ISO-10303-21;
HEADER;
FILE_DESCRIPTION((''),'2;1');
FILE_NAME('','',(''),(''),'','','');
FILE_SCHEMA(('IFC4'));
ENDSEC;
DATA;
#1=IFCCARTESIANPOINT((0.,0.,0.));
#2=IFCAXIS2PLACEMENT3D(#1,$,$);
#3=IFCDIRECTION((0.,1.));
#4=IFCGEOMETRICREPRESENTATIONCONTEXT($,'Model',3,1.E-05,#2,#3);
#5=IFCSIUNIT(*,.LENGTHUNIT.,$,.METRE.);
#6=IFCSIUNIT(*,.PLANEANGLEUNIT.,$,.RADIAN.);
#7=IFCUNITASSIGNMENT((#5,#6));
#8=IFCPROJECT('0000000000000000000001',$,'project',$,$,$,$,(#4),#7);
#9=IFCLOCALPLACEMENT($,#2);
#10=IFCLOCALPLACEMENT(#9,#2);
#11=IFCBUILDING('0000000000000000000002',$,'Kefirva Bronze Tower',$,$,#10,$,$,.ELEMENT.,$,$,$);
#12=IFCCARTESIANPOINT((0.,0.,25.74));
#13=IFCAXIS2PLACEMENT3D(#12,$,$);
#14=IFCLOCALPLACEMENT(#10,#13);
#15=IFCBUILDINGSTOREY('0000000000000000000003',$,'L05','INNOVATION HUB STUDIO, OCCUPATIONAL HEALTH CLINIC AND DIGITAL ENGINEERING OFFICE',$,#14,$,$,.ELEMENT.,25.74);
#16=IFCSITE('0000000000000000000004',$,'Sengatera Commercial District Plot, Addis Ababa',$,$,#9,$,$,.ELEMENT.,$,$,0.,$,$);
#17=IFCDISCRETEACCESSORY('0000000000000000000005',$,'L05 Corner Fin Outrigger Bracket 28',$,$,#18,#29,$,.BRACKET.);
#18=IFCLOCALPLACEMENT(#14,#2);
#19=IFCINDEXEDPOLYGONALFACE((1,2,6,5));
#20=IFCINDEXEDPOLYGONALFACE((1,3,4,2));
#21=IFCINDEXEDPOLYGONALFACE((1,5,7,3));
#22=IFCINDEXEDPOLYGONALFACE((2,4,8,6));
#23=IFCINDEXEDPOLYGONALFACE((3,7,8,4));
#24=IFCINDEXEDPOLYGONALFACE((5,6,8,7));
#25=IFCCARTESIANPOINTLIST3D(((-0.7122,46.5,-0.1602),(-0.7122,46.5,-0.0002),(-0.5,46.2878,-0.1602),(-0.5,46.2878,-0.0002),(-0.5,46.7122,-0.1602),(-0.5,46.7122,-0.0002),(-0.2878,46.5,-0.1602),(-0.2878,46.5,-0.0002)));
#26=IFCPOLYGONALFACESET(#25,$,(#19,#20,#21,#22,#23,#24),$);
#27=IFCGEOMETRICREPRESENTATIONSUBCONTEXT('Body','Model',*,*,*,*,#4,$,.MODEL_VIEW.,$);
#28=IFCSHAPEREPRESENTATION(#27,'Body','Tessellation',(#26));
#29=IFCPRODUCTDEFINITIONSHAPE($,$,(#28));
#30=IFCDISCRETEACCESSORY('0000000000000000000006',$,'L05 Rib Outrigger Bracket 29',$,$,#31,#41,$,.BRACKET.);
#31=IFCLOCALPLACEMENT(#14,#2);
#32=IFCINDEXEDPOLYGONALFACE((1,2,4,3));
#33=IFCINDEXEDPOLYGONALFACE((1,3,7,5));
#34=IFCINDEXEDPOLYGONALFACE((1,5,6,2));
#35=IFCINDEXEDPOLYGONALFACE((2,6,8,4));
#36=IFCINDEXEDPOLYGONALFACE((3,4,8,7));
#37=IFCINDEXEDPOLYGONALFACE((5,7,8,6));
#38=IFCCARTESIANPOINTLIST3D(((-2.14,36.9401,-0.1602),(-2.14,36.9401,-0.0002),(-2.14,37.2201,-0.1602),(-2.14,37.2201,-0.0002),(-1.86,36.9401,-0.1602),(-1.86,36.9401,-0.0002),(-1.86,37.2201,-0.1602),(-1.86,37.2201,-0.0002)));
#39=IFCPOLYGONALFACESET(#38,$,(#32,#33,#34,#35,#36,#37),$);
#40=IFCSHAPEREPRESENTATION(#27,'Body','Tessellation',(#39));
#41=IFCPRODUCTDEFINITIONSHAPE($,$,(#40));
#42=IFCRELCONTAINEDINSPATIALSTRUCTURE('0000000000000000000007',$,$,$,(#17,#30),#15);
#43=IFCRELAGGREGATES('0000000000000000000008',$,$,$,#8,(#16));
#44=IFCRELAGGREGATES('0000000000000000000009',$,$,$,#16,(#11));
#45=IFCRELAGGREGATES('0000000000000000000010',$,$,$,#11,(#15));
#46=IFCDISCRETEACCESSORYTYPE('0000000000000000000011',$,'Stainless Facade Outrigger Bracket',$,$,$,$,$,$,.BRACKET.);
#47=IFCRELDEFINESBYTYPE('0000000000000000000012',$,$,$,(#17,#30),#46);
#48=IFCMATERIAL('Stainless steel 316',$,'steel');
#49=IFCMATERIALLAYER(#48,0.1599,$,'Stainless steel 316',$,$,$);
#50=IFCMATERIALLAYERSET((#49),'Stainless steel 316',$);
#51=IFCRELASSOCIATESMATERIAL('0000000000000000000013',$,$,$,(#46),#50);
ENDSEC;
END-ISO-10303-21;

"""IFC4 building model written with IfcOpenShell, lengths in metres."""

from ifc_helpers import new_model, si_unit, direction, frame, origin, origin_2d, place, context, subcontext, project, spatial, rectangle, extrude, material, layer, layer_set, type_object, element, save


model = new_model("IFC4")

# Units and contexts
model_context = context("Model", 3, precision=1e-05, world=origin(), true_north=direction((0.0, 1.0)))
body_context = subcontext(model_context, "Body", "Model", "MODEL_VIEW")
ifc_project = project(units=[si_unit("LENGTHUNIT", "METRE"), si_unit("PLANEANGLEUNIT", "RADIAN")], contexts=[model_context])

# Site, building, storey
site_placement = place(None, origin())
site = spatial("IfcSite", under=ifc_project, at=site_placement, Name="Sengatera Commercial District Plot, Addis Ababa", CompositionType="ELEMENT", RefElevation=0.0)
building_placement = place(site_placement, origin())
building = spatial("IfcBuilding", under=site, at=building_placement, Name="Kefirva Bronze Tower", CompositionType="ELEMENT")
storey_placement = place(building_placement, frame((0.0, 0.0, 25.74)))
storey = spatial("IfcBuildingStorey", under=building, at=storey_placement, Name="L05", Description="INNOVATION HUB STUDIO, OCCUPATIONAL HEALTH CLINIC AND DIGITAL ENGINEERING OFFICE", CompositionType="ELEMENT", Elevation=25.74)

# Shared definitions
ifc_material_1 = material(Name="Stainless steel 316", Category="steel")

# Discrete accessories
ifc_layer_1 = layer(ifc_material_1, 0.1599, Name="Stainless steel 316")
ifc_layer_set_1 = layer_set([ifc_layer_1], Name="Stainless steel 316")
discrete_accessory_type = type_object("IfcDiscreteAccessoryType", Name="Stainless Facade Outrigger Bracket", PredefinedType="BRACKET", material=ifc_layer_set_1)
discrete_accessory_1_placement = place(storey_placement, frame((-0.5, 46.5, -0.1602), z_axis=(0.0, 0.0, 1.0), x_axis=(-0.707107, -0.707107, 0.0)))
element("IfcDiscreteAccessory", 1, at=discrete_accessory_1_placement, inside=storey, type_object=discrete_accessory_type, Name="L05 Corner Fin Outrigger Bracket 28", PredefinedType="BRACKET", context=body_context, shape_type="SweptSolid", body=[
    extrude(rectangle(XDim=0.3, YDim=0.3, at=origin_2d()), origin(), (0.0, 0.0, 1.0), 0.1599),
])
discrete_accessory_2_placement = place(storey_placement, frame((-2.0, 37.0801, -0.1602), z_axis=(0.0, 0.0, 1.0), x_axis=(0.0, -1.0, 0.0)))
element("IfcDiscreteAccessory", 2, at=discrete_accessory_2_placement, inside=storey, type_object=discrete_accessory_type, Name="L05 Rib Outrigger Bracket 29", PredefinedType="BRACKET", context=body_context, shape_type="SweptSolid", body=[
    extrude(rectangle(XDim=0.28, YDim=0.28, at=origin_2d()), origin(), (0.0, 0.0, 1.0), 0.1599),
])

save(model, "model.ifc")
